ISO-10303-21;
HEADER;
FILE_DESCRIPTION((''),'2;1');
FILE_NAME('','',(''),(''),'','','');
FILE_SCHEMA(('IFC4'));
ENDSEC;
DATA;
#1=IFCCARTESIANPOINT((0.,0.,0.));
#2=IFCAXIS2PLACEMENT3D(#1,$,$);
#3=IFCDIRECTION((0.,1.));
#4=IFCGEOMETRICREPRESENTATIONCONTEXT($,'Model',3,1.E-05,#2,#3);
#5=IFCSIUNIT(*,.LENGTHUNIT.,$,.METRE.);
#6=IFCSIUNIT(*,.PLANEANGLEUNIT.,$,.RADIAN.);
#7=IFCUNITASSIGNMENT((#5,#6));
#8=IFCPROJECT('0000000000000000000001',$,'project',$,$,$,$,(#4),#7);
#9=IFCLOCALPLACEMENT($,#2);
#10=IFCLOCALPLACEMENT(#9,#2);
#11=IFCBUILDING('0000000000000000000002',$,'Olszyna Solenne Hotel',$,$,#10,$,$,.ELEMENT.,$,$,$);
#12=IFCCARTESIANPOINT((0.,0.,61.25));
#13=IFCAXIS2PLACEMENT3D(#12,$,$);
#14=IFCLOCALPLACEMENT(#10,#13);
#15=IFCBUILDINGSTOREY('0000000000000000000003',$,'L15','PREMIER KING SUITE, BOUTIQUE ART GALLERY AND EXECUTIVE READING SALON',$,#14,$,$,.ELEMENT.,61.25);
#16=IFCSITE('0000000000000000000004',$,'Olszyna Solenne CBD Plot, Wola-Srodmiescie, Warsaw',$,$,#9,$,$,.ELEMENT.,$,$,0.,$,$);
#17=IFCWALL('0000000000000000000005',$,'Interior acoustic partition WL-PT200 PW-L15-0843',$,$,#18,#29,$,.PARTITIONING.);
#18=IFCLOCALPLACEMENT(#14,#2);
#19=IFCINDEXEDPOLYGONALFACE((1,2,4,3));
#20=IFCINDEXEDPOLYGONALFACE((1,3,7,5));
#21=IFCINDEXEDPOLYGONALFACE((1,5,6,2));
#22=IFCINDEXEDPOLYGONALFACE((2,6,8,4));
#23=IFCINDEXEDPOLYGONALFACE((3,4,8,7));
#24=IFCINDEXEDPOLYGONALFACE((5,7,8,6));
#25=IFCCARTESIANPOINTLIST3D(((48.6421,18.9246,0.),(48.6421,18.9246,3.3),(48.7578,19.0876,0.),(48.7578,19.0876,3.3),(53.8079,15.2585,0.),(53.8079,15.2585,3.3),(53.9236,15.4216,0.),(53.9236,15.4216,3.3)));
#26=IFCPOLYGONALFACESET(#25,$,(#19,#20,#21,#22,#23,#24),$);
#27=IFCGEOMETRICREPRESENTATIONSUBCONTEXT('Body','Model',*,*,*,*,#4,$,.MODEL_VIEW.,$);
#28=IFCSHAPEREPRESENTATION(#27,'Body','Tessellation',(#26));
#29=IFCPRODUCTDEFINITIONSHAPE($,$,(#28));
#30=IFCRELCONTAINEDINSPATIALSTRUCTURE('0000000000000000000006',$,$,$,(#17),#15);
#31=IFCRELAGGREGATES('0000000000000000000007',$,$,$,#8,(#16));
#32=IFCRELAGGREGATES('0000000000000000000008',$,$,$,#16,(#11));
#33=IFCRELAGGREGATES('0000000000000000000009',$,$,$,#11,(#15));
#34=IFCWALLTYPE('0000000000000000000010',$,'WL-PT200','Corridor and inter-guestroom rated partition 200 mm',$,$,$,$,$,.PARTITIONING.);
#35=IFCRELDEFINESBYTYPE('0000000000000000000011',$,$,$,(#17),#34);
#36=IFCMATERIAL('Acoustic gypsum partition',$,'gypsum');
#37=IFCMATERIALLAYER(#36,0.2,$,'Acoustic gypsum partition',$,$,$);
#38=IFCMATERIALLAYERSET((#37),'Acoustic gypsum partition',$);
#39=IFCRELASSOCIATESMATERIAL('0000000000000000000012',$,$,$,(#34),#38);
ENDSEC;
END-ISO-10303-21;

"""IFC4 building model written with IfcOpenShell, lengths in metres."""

from ifc_helpers import new_model, si_unit, direction, frame, frame_2d, origin, place, context, subcontext, project, spatial, rectangle, extrude, material, layer, layer_set, type_object, element, save


model = new_model("IFC4")

# Units and contexts
model_context = context("Model", 3, precision=1e-05, world=origin(), true_north=direction((0.0, 1.0)))
body_context = subcontext(model_context, "Body", "Model", "MODEL_VIEW")
ifc_project = project(units=[si_unit("LENGTHUNIT", "METRE"), si_unit("PLANEANGLEUNIT", "RADIAN")], contexts=[model_context])

# Site, building, storey
site_placement = place(None, origin())
site = spatial("IfcSite", under=ifc_project, at=site_placement, Name="Olszyna Solenne CBD Plot, Wola-Srodmiescie, Warsaw", CompositionType="ELEMENT", RefElevation=0.0)
building_placement = place(site_placement, origin())
building = spatial("IfcBuilding", under=site, at=building_placement, Name="Olszyna Solenne Hotel", CompositionType="ELEMENT")
storey_placement = place(building_placement, frame((0.0, 0.0, 61.25)))
storey = spatial("IfcBuildingStorey", under=building, at=storey_placement, Name="L15", Description="PREMIER KING SUITE, BOUTIQUE ART GALLERY AND EXECUTIVE READING SALON", CompositionType="ELEMENT", Elevation=61.25)

# Wall
ifc_material_1 = material(Name="Acoustic gypsum partition", Category="gypsum")
ifc_layer_1 = layer(ifc_material_1, 0.2, Name="Acoustic gypsum partition")
ifc_layer_set_1 = layer_set([ifc_layer_1], Name="Acoustic gypsum partition")
wall_type_1 = type_object("IfcWallType", Name="WL-PT200", Description="Corridor and inter-guestroom rated partition 200 mm", PredefinedType="PARTITIONING", material=ifc_layer_set_1)
wall_1_placement = place(storey_placement, frame((48.7, 19.0061, 0.0), z_axis=(0.0, 0.0, 1.0), x_axis=(0.815508, -0.578745, 0.0)))
element("IfcWall", 1, at=wall_1_placement, inside=storey, type_object=wall_type_1, Name="Interior acoustic partition WL-PT200 PW-L15-0843", PredefinedType="PARTITIONING", context=body_context, shape_type="SweptSolid", body=[
    extrude(rectangle(XDim=6.3345, YDim=0.2, at=frame_2d((3.1672, 0.0))), origin(), (0.0, 0.0, 1.0), 3.3),
])

save(model, "model.ifc")
